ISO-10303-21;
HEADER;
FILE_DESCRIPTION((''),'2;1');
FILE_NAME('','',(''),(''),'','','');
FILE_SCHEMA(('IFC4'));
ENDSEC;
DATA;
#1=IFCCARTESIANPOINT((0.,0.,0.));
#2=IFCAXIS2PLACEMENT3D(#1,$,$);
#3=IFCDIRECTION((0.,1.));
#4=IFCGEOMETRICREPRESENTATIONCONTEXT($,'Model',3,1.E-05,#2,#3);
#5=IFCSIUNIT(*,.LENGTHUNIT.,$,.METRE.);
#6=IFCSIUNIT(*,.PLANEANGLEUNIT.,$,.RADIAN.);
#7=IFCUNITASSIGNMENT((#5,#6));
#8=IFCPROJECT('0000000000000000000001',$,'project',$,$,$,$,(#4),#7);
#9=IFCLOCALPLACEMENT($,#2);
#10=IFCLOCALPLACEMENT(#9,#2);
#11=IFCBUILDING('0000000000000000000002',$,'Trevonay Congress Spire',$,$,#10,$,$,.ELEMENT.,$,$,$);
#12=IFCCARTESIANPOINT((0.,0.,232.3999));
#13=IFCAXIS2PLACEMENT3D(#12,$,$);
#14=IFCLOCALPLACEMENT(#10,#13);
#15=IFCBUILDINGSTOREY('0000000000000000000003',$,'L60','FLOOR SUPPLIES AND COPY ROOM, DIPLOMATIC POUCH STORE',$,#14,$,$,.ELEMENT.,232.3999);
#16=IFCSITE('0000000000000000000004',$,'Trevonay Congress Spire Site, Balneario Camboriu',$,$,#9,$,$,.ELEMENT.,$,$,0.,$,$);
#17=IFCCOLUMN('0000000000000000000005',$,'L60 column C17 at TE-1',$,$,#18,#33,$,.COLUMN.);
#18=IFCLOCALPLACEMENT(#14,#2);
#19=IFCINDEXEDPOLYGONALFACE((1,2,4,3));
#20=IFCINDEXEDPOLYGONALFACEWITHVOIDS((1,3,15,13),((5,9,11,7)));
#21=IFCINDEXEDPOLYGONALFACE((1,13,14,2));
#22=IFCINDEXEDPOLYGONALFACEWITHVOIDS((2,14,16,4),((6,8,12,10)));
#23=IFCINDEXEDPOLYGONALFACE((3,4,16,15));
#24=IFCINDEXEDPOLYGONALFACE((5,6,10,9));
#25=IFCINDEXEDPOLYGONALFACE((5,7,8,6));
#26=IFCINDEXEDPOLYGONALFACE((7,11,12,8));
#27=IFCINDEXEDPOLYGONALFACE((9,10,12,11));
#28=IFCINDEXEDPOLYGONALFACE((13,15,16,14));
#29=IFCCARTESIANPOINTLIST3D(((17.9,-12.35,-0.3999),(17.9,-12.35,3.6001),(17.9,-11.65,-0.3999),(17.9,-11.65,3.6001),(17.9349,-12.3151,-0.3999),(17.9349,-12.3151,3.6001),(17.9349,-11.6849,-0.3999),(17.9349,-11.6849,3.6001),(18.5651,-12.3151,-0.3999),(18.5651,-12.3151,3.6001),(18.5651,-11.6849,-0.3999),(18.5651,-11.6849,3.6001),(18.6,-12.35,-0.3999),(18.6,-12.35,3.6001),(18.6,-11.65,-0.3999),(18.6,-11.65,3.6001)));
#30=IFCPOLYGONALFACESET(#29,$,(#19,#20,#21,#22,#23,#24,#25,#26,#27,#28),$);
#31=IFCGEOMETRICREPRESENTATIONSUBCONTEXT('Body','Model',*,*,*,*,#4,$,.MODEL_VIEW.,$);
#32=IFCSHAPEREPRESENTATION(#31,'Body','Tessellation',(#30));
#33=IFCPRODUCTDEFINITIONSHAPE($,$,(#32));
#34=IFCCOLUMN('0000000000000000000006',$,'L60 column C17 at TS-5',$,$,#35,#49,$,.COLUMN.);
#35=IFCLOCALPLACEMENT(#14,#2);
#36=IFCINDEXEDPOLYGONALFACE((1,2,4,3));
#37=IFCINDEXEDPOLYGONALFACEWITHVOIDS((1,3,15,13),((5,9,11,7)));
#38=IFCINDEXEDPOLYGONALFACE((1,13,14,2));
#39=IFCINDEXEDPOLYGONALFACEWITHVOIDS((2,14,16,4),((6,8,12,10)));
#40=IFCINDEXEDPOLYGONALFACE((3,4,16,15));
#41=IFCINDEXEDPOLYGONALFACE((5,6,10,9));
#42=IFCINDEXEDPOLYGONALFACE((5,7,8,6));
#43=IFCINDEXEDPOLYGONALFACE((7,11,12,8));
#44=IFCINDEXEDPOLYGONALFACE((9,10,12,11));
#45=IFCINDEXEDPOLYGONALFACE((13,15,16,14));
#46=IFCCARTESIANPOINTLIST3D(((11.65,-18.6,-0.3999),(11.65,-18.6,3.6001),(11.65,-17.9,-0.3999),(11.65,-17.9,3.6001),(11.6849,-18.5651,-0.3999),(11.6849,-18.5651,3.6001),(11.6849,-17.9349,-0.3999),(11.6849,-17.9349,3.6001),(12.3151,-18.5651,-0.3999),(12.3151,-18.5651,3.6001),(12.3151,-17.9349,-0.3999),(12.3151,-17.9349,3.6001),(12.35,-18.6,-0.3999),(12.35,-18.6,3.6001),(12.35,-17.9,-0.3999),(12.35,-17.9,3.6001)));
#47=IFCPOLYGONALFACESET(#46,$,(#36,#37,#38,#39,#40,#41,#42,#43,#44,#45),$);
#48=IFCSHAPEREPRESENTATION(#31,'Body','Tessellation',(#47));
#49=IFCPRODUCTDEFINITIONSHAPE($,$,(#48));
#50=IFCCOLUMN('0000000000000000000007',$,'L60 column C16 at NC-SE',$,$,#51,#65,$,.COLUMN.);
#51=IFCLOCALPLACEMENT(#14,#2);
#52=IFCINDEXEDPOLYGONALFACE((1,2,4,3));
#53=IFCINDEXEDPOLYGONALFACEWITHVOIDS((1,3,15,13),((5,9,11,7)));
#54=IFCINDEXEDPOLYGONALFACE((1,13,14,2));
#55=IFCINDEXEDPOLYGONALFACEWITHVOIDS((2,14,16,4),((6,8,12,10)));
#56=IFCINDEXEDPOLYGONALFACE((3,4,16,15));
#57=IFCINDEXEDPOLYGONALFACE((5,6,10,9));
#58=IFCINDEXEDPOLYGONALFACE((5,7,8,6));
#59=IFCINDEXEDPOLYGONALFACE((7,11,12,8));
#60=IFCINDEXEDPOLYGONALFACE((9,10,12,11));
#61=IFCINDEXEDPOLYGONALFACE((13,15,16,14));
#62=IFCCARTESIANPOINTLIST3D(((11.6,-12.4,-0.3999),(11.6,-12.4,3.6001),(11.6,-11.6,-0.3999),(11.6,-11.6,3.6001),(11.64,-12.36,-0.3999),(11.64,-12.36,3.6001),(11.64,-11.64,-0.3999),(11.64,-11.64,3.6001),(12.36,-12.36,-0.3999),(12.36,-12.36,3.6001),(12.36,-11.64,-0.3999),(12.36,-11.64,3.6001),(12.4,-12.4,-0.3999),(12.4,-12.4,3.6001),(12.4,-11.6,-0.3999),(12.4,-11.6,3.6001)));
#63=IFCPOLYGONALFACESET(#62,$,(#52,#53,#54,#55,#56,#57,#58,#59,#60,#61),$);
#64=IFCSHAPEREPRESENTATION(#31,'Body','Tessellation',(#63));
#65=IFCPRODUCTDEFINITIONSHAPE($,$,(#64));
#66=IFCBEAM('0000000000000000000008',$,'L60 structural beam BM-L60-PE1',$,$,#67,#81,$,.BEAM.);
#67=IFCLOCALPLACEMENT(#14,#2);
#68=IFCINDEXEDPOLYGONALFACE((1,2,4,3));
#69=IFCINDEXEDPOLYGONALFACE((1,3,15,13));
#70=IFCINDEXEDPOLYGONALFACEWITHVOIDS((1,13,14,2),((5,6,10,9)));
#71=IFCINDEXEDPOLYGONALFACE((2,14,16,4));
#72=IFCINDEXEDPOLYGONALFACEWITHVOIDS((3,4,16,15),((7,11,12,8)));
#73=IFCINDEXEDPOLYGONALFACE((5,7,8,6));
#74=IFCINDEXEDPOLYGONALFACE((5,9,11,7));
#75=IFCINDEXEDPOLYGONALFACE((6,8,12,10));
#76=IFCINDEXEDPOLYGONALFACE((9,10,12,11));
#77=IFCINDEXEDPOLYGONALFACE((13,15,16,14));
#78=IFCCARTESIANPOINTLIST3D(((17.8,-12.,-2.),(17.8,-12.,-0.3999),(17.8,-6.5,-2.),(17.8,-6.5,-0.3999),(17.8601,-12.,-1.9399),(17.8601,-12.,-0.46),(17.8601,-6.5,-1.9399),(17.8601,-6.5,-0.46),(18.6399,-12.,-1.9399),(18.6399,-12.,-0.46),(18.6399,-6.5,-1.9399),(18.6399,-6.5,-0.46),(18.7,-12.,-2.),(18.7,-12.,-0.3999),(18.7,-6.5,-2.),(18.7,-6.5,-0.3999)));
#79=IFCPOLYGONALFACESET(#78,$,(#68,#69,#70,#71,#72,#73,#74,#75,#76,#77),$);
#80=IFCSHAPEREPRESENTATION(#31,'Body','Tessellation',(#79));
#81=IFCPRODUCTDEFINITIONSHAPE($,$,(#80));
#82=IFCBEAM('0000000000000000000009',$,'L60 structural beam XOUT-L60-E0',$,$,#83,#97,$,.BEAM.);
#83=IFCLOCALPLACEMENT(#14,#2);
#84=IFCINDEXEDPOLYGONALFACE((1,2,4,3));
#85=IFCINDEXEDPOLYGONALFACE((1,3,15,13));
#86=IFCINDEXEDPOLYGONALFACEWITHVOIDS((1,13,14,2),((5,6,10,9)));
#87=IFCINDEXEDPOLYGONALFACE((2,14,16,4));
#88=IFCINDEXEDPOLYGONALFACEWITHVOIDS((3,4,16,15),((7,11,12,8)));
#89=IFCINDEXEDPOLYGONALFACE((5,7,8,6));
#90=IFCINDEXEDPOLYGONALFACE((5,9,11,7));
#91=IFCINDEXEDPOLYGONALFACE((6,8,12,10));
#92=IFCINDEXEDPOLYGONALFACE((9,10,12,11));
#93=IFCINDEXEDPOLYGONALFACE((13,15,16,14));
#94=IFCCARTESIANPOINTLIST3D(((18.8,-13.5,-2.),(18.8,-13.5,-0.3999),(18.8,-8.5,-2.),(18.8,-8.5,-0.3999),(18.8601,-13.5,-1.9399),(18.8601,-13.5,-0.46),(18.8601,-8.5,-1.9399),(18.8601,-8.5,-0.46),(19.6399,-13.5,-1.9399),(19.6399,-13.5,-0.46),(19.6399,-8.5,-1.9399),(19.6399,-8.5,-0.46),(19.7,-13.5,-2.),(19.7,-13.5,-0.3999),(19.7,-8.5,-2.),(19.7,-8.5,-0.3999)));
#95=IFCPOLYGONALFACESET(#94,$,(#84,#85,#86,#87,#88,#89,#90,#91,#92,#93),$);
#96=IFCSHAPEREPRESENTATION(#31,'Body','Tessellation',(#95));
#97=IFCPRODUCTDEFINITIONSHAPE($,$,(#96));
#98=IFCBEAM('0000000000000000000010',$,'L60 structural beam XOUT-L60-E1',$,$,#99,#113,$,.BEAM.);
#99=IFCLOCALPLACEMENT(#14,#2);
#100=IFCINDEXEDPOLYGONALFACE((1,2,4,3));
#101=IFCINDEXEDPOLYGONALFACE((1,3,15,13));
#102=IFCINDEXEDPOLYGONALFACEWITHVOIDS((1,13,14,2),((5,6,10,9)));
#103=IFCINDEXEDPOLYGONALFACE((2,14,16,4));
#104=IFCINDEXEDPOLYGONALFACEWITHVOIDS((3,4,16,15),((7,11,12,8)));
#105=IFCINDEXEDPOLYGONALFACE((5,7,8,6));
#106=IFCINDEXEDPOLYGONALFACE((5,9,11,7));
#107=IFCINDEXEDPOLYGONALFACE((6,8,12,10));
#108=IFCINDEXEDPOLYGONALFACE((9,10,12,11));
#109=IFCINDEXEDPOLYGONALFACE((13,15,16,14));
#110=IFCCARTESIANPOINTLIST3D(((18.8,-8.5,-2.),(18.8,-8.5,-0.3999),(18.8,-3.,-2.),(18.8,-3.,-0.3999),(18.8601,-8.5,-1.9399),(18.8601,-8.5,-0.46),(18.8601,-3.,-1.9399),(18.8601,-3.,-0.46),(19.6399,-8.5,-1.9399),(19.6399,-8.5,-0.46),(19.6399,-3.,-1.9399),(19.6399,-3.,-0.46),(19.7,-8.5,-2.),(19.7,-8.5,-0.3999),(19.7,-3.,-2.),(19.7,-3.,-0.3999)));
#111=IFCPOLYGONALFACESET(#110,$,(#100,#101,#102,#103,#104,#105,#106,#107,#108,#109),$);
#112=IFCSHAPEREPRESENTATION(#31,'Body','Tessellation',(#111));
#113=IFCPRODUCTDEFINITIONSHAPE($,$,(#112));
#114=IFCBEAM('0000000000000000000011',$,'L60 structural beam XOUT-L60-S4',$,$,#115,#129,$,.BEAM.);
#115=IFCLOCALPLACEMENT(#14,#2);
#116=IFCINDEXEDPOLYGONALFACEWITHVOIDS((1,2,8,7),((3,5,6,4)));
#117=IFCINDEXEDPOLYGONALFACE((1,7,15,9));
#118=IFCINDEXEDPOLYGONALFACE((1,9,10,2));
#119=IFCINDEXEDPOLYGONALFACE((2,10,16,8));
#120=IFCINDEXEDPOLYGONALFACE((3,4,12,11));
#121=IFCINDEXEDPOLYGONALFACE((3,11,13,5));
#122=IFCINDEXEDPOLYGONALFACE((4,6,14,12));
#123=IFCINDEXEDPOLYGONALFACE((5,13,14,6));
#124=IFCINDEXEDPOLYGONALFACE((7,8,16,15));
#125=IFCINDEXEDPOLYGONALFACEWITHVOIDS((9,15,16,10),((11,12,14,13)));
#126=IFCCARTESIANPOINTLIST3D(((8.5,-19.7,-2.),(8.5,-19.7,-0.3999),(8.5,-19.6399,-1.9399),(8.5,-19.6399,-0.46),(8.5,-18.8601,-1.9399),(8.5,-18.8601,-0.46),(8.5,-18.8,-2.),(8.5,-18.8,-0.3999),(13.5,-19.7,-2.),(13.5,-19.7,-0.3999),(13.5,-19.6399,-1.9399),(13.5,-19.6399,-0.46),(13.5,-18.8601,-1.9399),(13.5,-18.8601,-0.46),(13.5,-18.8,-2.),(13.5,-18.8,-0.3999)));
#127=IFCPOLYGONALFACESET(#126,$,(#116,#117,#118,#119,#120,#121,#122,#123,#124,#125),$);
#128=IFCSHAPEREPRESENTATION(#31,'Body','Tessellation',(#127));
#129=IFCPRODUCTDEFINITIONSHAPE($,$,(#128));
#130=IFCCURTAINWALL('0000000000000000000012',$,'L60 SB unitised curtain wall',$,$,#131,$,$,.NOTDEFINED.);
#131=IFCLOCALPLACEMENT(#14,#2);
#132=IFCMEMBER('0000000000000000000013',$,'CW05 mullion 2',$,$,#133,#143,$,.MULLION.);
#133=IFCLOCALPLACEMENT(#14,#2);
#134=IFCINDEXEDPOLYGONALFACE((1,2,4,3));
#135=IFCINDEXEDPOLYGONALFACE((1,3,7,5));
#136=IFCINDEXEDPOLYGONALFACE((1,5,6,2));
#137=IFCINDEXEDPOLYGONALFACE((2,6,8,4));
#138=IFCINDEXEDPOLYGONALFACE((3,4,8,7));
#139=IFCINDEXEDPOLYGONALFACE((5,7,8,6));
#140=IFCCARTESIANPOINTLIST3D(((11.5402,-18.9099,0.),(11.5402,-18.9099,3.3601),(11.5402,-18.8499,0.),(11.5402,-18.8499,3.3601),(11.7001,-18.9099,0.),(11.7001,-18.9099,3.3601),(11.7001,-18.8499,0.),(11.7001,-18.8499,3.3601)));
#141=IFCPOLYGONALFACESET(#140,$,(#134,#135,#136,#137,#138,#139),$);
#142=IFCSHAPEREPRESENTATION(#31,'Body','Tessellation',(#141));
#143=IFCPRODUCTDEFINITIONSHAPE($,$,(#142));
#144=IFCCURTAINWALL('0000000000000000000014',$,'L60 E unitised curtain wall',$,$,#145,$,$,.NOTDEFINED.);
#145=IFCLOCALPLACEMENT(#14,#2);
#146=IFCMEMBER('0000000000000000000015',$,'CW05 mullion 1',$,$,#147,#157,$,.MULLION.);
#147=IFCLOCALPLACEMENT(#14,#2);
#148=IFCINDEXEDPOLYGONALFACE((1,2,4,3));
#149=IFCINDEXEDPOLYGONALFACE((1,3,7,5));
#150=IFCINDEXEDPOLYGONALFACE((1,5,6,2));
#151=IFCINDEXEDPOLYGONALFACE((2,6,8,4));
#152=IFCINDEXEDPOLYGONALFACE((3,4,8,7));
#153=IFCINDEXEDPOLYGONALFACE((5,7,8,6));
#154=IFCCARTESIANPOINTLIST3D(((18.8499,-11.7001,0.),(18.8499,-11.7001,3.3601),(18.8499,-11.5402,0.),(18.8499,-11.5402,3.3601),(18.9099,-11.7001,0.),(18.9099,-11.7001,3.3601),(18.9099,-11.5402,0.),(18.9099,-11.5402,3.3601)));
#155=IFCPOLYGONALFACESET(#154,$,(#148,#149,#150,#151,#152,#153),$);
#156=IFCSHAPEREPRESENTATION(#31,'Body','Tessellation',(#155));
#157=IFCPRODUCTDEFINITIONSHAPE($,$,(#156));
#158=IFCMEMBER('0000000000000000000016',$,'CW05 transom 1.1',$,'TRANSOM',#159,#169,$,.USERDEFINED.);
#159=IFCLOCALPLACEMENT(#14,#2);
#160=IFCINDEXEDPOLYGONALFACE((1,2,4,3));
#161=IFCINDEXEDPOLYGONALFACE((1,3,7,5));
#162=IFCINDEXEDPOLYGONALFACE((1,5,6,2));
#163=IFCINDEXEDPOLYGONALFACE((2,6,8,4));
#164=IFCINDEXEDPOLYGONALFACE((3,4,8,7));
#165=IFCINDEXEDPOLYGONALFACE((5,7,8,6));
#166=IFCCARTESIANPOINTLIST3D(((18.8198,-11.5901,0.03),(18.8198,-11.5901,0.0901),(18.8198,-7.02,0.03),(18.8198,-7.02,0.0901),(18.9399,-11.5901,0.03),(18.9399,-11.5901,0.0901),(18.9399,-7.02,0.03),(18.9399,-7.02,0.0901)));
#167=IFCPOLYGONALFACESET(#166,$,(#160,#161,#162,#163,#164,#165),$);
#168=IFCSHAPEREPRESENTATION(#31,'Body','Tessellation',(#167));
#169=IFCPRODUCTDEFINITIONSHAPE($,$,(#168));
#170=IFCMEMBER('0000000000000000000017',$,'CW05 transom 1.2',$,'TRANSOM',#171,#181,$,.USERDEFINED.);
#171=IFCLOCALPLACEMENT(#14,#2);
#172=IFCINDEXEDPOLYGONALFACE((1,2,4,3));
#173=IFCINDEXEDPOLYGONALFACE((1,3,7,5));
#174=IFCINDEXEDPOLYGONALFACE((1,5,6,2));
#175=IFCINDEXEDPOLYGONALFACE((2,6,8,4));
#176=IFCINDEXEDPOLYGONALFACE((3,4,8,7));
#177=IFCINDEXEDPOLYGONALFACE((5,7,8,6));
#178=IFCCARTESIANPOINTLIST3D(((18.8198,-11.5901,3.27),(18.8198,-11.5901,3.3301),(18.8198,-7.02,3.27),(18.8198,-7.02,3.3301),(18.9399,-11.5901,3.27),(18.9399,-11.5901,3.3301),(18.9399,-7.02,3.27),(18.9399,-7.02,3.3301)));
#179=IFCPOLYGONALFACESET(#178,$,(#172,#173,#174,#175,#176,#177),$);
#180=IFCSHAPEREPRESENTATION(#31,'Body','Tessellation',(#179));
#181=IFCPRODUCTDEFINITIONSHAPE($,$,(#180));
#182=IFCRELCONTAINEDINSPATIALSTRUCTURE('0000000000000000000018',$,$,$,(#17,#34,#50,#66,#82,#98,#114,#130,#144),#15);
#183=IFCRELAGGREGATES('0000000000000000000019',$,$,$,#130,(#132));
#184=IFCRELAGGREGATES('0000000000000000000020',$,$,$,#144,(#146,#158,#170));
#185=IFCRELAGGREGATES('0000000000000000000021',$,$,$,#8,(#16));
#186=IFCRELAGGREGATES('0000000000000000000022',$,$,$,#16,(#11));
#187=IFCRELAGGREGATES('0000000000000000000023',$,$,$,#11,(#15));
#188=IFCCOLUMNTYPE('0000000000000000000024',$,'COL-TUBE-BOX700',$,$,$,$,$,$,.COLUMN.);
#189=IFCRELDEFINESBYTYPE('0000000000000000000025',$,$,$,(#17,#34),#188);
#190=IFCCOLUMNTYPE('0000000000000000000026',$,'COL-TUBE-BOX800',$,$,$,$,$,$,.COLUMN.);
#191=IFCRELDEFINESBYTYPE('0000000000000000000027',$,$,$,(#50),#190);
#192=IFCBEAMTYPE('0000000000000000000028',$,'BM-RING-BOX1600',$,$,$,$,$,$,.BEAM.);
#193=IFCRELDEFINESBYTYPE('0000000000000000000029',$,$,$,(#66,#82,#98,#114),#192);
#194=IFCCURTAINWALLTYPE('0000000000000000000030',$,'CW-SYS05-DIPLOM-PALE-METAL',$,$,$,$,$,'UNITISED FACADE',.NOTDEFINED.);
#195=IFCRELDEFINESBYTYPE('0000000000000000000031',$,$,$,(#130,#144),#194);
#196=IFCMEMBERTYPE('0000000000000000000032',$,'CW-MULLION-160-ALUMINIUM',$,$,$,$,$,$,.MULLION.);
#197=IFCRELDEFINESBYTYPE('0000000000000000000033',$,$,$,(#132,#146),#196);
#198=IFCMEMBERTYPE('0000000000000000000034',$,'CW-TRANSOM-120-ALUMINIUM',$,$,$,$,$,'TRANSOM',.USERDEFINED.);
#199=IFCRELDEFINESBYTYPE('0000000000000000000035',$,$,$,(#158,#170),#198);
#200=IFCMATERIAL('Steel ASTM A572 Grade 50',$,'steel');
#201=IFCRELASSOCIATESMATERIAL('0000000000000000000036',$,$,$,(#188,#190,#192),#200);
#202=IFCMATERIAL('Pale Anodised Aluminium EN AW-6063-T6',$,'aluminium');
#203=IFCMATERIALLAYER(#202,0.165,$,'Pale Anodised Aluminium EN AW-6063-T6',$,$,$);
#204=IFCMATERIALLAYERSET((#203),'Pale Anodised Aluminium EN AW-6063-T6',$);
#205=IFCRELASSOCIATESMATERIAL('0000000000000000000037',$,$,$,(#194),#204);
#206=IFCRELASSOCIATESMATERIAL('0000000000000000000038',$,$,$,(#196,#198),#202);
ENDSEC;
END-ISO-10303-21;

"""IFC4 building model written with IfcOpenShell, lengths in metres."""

from ifc_helpers import new_model, si_unit, direction, frame, origin, origin_2d, place, context, subcontext, project, spatial, rectangle, hollow_rectangle, extrude, material, layer, layer_set, material_profile, profile_set, type_object, element, aggregate, save


model = new_model("IFC4")

# Units and contexts
model_context = context("Model", 3, precision=1e-05, world=origin(), true_north=direction((0.0, 1.0)))
body_context = subcontext(model_context, "Body", "Model", "MODEL_VIEW")
ifc_project = project(units=[si_unit("LENGTHUNIT", "METRE"), si_unit("PLANEANGLEUNIT", "RADIAN")], contexts=[model_context])

# Site, building, storey
site_placement = place(None, origin())
site = spatial("IfcSite", under=ifc_project, at=site_placement, Name="Trevonay Congress Spire Site, Balneario Camboriu", CompositionType="ELEMENT", RefElevation=0.0)
building_placement = place(site_placement, origin())
building = spatial("IfcBuilding", under=site, at=building_placement, Name="Trevonay Congress Spire", CompositionType="ELEMENT")
storey_placement = place(building_placement, frame((0.0, 0.0, 232.3999)))
storey = spatial("IfcBuildingStorey", under=building, at=storey_placement, Name="L60", Description="FLOOR SUPPLIES AND COPY ROOM, DIPLOMATIC POUCH STORE", CompositionType="ELEMENT", Elevation=232.3999)

# Columns
ifc_material_1 = material(Name="Steel ASTM A572 Grade 50", Category="steel")
ifc_material_profile_1 = material_profile(ifc_material_1, hollow_rectangle(XDim=0.7, YDim=0.7, WallThickness=0.0349, at=origin_2d()), Name="BOX 700x700x35")
ifc_profile_set_1 = profile_set([ifc_material_profile_1], Name="Steel ASTM A572 Grade 50")
column_type_1 = type_object("IfcColumnType", Name="COL-TUBE-BOX700", PredefinedType="COLUMN", material=ifc_profile_set_1)
for number, where, z_axis, x_axis, name in (
    (1, (18.25, -12.0, -0.3999), (0.0, 0.0, 1.0), (1.0, 0.0, 0.0), "L60 column C17 at TE-1"),
    (2, (12.0, -18.25, -0.3999), (0.0, 0.0, 1.0), (1.0, 0.0, 0.0), "L60 column C17 at TS-5"),
):
    element("IfcColumn", number, at=place(storey_placement, frame(where, z_axis=z_axis, x_axis=x_axis)), inside=storey, type_object=column_type_1, Name=name, PredefinedType="COLUMN", context=body_context, shape_type="SweptSolid", body=[
        extrude(hollow_rectangle(XDim=0.7, YDim=0.7, WallThickness=0.0349, at=origin_2d()), origin(), (0.0, 0.0, 1.0), 4.0),
    ])
ifc_material_profile_2 = material_profile(ifc_material_1, hollow_rectangle(XDim=0.8, YDim=0.8, WallThickness=0.04, at=origin_2d()), Name="BOX 800x800x40")
ifc_profile_set_2 = profile_set([ifc_material_profile_2], Name="Steel ASTM A572 Grade 50")
column_type_2 = type_object("IfcColumnType", Name="COL-TUBE-BOX800", PredefinedType="COLUMN", material=ifc_profile_set_2)
column_placement = place(storey_placement, frame((12.0, -12.0, -0.3999), z_axis=(0.0, 0.0, 1.0), x_axis=(1.0, 0.0, 0.0)))
element("IfcColumn", 3, at=column_placement, inside=storey, type_object=column_type_2, Name="L60 column C16 at NC-SE", PredefinedType="COLUMN", context=body_context, shape_type="SweptSolid", body=[
    extrude(hollow_rectangle(XDim=0.8, YDim=0.8, WallThickness=0.04, at=origin_2d()), origin(), (0.0, 0.0, 1.0), 4.0),
])

# Beams
ifc_material_profile_3 = material_profile(ifc_material_1, hollow_rectangle(XDim=0.8999, YDim=1.6001, WallThickness=0.0601, at=origin_2d()), Name="BOX 1600x900x60")
ifc_profile_set_3 = profile_set([ifc_material_profile_3], Name="Steel ASTM A572 Grade 50")
beam_type = type_object("IfcBeamType", Name="BM-RING-BOX1600", PredefinedType="BEAM", material=ifc_profile_set_3)
beam_1_placement = place(storey_placement, frame((18.25, -12.0, -1.2), z_axis=(0.0, 1.0, 0.0), x_axis=(-1.0, 0.0, 0.0)))
element("IfcBeam", 4, at=beam_1_placement, inside=storey, type_object=beam_type, Name="L60 structural beam BM-L60-PE1", PredefinedType="BEAM", context=body_context, shape_type="SweptSolid", body=[
    extrude(hollow_rectangle(XDim=0.8999, YDim=1.6001, WallThickness=0.0601, at=origin_2d()), origin(), (0.0, 0.0, 1.0), 5.5),
])
beam_2_placement = place(storey_placement, frame((19.25, -13.5, -1.2), z_axis=(0.0, 1.0, 0.0), x_axis=(-1.0, 0.0, 0.0)))
element("IfcBeam", 5, at=beam_2_placement, inside=storey, type_object=beam_type, Name="L60 structural beam XOUT-L60-E0", PredefinedType="BEAM", context=body_context, shape_type="SweptSolid", body=[
    extrude(hollow_rectangle(XDim=0.8999, YDim=1.6001, WallThickness=0.0601, at=origin_2d()), origin(), (0.0, 0.0, 1.0), 5.0),
])
beam_3_placement = place(storey_placement, frame((19.25, -8.5, -1.2), z_axis=(0.0, 1.0, 0.0), x_axis=(-1.0, 0.0, 0.0)))
element("IfcBeam", 6, at=beam_3_placement, inside=storey, type_object=beam_type, Name="L60 structural beam XOUT-L60-E1", PredefinedType="BEAM", context=body_context, shape_type="SweptSolid", body=[
    extrude(hollow_rectangle(XDim=0.8999, YDim=1.6001, WallThickness=0.0601, at=origin_2d()), origin(), (0.0, 0.0, 1.0), 5.5),
])
beam_4_placement = place(storey_placement, frame((8.5, -19.25, -1.2), z_axis=(1.0, 0.0, 0.0), x_axis=(0.0, 1.0, 0.0)))
element("IfcBeam", 7, at=beam_4_placement, inside=storey, type_object=beam_type, Name="L60 structural beam XOUT-L60-S4", PredefinedType="BEAM", context=body_context, shape_type="SweptSolid", body=[
    extrude(hollow_rectangle(XDim=0.8999, YDim=1.6001, WallThickness=0.0601, at=origin_2d()), origin(), (0.0, 0.0, 1.0), 5.0),
])

# Curtain wall, member
ifc_material_2 = material(Name="Pale Anodised Aluminium EN AW-6063-T6", Category="aluminium")
ifc_layer_1 = layer(ifc_material_2, 0.165, Name="Pale Anodised Aluminium EN AW-6063-T6")
ifc_layer_set_1 = layer_set([ifc_layer_1], Name="Pale Anodised Aluminium EN AW-6063-T6")
curtain_wall_type = type_object("IfcCurtainWallType", Name="CW-SYS05-DIPLOM-PALE-METAL", ElementType="UNITISED FACADE", PredefinedType="NOTDEFINED", material=ifc_layer_set_1)
curtain_wall_1_placement = place(storey_placement, origin())
curtain_wall_1 = element("IfcCurtainWall", 8, at=curtain_wall_1_placement, inside=storey, type_object=curtain_wall_type, Name="L60 SB unitised curtain wall", PredefinedType="NOTDEFINED")
ifc_material_profile_4 = material_profile(ifc_material_2, rectangle(XDim=0.0601, YDim=0.1599, at=origin_2d()), Name="CW-MULLION-160-ALUMINIUM")
ifc_profile_set_4 = profile_set([ifc_material_profile_4], Name="Pale Anodised Aluminium EN AW-6063-T6")
member_type_1 = type_object("IfcMemberType", Name="CW-MULLION-160-ALUMINIUM", PredefinedType="MULLION", material=ifc_profile_set_4)
member_1_placement = place(storey_placement, frame((11.6201, -18.8799, 0.0), z_axis=(0.0, 0.0, 1.0), x_axis=(0.0, 1.0, 0.0)))
member_1 = element("IfcMember", 9, at=member_1_placement, type_object=member_type_1, Name="CW05 mullion 2", PredefinedType="MULLION", context=body_context, shape_type="SweptSolid", body=[
    extrude(rectangle(XDim=0.0601, YDim=0.1599, at=origin_2d()), origin(), (0.0, 0.0, 1.0), 3.3601),
])

# Curtain wall, members
curtain_wall_2_placement = place(storey_placement, origin())
curtain_wall_2 = element("IfcCurtainWall", 10, at=curtain_wall_2_placement, inside=storey, type_object=curtain_wall_type, Name="L60 E unitised curtain wall", PredefinedType="NOTDEFINED")
member_2_placement = place(storey_placement, frame((18.8799, -11.6201, 0.0), z_axis=(0.0, 0.0, 1.0), x_axis=(-1.0, 0.0, 0.0)))
member_2 = element("IfcMember", 11, at=member_2_placement, type_object=member_type_1, Name="CW05 mullion 1", PredefinedType="MULLION", context=body_context, shape_type="SweptSolid", body=[
    extrude(rectangle(XDim=0.0601, YDim=0.1599, at=origin_2d()), origin(), (0.0, 0.0, 1.0), 3.3601),
])
ifc_material_profile_5 = material_profile(ifc_material_2, rectangle(XDim=0.1201, YDim=0.0601, at=origin_2d()), Name="CW-TRANSOM-120-ALUMINIUM")
ifc_profile_set_5 = profile_set([ifc_material_profile_5], Name="Pale Anodised Aluminium EN AW-6063-T6")
member_type_2 = type_object("IfcMemberType", Name="CW-TRANSOM-120-ALUMINIUM", ElementType="TRANSOM", PredefinedType="USERDEFINED", material=ifc_profile_set_5)
member_3_placement = place(storey_placement, frame((18.8799, -11.5901, 0.0601), z_axis=(0.0, 1.0, 0.0), x_axis=(-1.0, 0.0, 0.0)))
member_3 = element("IfcMember", 12, at=member_3_placement, type_object=member_type_2, Name="CW05 transom 1.1", ObjectType="TRANSOM", PredefinedType="USERDEFINED", context=body_context, shape_type="SweptSolid", body=[
    extrude(rectangle(XDim=0.1201, YDim=0.0601, at=origin_2d()), origin(), (0.0, 0.0, 1.0), 4.5701),
])
member_4_placement = place(storey_placement, frame((18.8799, -11.5901, 3.3), z_axis=(0.0, 1.0, 0.0), x_axis=(-1.0, 0.0, 0.0)))
member_4 = element("IfcMember", 13, at=member_4_placement, type_object=member_type_2, Name="CW05 transom 1.2", ObjectType="TRANSOM", PredefinedType="USERDEFINED", context=body_context, shape_type="SweptSolid", body=[
    extrude(rectangle(XDim=0.1201, YDim=0.0601, at=origin_2d()), origin(), (0.0, 0.0, 1.0), 4.5701),
])

aggregate(curtain_wall_1, [member_1])
aggregate(curtain_wall_2, [member_2, member_3, member_4])

save(model, "model.ifc")
